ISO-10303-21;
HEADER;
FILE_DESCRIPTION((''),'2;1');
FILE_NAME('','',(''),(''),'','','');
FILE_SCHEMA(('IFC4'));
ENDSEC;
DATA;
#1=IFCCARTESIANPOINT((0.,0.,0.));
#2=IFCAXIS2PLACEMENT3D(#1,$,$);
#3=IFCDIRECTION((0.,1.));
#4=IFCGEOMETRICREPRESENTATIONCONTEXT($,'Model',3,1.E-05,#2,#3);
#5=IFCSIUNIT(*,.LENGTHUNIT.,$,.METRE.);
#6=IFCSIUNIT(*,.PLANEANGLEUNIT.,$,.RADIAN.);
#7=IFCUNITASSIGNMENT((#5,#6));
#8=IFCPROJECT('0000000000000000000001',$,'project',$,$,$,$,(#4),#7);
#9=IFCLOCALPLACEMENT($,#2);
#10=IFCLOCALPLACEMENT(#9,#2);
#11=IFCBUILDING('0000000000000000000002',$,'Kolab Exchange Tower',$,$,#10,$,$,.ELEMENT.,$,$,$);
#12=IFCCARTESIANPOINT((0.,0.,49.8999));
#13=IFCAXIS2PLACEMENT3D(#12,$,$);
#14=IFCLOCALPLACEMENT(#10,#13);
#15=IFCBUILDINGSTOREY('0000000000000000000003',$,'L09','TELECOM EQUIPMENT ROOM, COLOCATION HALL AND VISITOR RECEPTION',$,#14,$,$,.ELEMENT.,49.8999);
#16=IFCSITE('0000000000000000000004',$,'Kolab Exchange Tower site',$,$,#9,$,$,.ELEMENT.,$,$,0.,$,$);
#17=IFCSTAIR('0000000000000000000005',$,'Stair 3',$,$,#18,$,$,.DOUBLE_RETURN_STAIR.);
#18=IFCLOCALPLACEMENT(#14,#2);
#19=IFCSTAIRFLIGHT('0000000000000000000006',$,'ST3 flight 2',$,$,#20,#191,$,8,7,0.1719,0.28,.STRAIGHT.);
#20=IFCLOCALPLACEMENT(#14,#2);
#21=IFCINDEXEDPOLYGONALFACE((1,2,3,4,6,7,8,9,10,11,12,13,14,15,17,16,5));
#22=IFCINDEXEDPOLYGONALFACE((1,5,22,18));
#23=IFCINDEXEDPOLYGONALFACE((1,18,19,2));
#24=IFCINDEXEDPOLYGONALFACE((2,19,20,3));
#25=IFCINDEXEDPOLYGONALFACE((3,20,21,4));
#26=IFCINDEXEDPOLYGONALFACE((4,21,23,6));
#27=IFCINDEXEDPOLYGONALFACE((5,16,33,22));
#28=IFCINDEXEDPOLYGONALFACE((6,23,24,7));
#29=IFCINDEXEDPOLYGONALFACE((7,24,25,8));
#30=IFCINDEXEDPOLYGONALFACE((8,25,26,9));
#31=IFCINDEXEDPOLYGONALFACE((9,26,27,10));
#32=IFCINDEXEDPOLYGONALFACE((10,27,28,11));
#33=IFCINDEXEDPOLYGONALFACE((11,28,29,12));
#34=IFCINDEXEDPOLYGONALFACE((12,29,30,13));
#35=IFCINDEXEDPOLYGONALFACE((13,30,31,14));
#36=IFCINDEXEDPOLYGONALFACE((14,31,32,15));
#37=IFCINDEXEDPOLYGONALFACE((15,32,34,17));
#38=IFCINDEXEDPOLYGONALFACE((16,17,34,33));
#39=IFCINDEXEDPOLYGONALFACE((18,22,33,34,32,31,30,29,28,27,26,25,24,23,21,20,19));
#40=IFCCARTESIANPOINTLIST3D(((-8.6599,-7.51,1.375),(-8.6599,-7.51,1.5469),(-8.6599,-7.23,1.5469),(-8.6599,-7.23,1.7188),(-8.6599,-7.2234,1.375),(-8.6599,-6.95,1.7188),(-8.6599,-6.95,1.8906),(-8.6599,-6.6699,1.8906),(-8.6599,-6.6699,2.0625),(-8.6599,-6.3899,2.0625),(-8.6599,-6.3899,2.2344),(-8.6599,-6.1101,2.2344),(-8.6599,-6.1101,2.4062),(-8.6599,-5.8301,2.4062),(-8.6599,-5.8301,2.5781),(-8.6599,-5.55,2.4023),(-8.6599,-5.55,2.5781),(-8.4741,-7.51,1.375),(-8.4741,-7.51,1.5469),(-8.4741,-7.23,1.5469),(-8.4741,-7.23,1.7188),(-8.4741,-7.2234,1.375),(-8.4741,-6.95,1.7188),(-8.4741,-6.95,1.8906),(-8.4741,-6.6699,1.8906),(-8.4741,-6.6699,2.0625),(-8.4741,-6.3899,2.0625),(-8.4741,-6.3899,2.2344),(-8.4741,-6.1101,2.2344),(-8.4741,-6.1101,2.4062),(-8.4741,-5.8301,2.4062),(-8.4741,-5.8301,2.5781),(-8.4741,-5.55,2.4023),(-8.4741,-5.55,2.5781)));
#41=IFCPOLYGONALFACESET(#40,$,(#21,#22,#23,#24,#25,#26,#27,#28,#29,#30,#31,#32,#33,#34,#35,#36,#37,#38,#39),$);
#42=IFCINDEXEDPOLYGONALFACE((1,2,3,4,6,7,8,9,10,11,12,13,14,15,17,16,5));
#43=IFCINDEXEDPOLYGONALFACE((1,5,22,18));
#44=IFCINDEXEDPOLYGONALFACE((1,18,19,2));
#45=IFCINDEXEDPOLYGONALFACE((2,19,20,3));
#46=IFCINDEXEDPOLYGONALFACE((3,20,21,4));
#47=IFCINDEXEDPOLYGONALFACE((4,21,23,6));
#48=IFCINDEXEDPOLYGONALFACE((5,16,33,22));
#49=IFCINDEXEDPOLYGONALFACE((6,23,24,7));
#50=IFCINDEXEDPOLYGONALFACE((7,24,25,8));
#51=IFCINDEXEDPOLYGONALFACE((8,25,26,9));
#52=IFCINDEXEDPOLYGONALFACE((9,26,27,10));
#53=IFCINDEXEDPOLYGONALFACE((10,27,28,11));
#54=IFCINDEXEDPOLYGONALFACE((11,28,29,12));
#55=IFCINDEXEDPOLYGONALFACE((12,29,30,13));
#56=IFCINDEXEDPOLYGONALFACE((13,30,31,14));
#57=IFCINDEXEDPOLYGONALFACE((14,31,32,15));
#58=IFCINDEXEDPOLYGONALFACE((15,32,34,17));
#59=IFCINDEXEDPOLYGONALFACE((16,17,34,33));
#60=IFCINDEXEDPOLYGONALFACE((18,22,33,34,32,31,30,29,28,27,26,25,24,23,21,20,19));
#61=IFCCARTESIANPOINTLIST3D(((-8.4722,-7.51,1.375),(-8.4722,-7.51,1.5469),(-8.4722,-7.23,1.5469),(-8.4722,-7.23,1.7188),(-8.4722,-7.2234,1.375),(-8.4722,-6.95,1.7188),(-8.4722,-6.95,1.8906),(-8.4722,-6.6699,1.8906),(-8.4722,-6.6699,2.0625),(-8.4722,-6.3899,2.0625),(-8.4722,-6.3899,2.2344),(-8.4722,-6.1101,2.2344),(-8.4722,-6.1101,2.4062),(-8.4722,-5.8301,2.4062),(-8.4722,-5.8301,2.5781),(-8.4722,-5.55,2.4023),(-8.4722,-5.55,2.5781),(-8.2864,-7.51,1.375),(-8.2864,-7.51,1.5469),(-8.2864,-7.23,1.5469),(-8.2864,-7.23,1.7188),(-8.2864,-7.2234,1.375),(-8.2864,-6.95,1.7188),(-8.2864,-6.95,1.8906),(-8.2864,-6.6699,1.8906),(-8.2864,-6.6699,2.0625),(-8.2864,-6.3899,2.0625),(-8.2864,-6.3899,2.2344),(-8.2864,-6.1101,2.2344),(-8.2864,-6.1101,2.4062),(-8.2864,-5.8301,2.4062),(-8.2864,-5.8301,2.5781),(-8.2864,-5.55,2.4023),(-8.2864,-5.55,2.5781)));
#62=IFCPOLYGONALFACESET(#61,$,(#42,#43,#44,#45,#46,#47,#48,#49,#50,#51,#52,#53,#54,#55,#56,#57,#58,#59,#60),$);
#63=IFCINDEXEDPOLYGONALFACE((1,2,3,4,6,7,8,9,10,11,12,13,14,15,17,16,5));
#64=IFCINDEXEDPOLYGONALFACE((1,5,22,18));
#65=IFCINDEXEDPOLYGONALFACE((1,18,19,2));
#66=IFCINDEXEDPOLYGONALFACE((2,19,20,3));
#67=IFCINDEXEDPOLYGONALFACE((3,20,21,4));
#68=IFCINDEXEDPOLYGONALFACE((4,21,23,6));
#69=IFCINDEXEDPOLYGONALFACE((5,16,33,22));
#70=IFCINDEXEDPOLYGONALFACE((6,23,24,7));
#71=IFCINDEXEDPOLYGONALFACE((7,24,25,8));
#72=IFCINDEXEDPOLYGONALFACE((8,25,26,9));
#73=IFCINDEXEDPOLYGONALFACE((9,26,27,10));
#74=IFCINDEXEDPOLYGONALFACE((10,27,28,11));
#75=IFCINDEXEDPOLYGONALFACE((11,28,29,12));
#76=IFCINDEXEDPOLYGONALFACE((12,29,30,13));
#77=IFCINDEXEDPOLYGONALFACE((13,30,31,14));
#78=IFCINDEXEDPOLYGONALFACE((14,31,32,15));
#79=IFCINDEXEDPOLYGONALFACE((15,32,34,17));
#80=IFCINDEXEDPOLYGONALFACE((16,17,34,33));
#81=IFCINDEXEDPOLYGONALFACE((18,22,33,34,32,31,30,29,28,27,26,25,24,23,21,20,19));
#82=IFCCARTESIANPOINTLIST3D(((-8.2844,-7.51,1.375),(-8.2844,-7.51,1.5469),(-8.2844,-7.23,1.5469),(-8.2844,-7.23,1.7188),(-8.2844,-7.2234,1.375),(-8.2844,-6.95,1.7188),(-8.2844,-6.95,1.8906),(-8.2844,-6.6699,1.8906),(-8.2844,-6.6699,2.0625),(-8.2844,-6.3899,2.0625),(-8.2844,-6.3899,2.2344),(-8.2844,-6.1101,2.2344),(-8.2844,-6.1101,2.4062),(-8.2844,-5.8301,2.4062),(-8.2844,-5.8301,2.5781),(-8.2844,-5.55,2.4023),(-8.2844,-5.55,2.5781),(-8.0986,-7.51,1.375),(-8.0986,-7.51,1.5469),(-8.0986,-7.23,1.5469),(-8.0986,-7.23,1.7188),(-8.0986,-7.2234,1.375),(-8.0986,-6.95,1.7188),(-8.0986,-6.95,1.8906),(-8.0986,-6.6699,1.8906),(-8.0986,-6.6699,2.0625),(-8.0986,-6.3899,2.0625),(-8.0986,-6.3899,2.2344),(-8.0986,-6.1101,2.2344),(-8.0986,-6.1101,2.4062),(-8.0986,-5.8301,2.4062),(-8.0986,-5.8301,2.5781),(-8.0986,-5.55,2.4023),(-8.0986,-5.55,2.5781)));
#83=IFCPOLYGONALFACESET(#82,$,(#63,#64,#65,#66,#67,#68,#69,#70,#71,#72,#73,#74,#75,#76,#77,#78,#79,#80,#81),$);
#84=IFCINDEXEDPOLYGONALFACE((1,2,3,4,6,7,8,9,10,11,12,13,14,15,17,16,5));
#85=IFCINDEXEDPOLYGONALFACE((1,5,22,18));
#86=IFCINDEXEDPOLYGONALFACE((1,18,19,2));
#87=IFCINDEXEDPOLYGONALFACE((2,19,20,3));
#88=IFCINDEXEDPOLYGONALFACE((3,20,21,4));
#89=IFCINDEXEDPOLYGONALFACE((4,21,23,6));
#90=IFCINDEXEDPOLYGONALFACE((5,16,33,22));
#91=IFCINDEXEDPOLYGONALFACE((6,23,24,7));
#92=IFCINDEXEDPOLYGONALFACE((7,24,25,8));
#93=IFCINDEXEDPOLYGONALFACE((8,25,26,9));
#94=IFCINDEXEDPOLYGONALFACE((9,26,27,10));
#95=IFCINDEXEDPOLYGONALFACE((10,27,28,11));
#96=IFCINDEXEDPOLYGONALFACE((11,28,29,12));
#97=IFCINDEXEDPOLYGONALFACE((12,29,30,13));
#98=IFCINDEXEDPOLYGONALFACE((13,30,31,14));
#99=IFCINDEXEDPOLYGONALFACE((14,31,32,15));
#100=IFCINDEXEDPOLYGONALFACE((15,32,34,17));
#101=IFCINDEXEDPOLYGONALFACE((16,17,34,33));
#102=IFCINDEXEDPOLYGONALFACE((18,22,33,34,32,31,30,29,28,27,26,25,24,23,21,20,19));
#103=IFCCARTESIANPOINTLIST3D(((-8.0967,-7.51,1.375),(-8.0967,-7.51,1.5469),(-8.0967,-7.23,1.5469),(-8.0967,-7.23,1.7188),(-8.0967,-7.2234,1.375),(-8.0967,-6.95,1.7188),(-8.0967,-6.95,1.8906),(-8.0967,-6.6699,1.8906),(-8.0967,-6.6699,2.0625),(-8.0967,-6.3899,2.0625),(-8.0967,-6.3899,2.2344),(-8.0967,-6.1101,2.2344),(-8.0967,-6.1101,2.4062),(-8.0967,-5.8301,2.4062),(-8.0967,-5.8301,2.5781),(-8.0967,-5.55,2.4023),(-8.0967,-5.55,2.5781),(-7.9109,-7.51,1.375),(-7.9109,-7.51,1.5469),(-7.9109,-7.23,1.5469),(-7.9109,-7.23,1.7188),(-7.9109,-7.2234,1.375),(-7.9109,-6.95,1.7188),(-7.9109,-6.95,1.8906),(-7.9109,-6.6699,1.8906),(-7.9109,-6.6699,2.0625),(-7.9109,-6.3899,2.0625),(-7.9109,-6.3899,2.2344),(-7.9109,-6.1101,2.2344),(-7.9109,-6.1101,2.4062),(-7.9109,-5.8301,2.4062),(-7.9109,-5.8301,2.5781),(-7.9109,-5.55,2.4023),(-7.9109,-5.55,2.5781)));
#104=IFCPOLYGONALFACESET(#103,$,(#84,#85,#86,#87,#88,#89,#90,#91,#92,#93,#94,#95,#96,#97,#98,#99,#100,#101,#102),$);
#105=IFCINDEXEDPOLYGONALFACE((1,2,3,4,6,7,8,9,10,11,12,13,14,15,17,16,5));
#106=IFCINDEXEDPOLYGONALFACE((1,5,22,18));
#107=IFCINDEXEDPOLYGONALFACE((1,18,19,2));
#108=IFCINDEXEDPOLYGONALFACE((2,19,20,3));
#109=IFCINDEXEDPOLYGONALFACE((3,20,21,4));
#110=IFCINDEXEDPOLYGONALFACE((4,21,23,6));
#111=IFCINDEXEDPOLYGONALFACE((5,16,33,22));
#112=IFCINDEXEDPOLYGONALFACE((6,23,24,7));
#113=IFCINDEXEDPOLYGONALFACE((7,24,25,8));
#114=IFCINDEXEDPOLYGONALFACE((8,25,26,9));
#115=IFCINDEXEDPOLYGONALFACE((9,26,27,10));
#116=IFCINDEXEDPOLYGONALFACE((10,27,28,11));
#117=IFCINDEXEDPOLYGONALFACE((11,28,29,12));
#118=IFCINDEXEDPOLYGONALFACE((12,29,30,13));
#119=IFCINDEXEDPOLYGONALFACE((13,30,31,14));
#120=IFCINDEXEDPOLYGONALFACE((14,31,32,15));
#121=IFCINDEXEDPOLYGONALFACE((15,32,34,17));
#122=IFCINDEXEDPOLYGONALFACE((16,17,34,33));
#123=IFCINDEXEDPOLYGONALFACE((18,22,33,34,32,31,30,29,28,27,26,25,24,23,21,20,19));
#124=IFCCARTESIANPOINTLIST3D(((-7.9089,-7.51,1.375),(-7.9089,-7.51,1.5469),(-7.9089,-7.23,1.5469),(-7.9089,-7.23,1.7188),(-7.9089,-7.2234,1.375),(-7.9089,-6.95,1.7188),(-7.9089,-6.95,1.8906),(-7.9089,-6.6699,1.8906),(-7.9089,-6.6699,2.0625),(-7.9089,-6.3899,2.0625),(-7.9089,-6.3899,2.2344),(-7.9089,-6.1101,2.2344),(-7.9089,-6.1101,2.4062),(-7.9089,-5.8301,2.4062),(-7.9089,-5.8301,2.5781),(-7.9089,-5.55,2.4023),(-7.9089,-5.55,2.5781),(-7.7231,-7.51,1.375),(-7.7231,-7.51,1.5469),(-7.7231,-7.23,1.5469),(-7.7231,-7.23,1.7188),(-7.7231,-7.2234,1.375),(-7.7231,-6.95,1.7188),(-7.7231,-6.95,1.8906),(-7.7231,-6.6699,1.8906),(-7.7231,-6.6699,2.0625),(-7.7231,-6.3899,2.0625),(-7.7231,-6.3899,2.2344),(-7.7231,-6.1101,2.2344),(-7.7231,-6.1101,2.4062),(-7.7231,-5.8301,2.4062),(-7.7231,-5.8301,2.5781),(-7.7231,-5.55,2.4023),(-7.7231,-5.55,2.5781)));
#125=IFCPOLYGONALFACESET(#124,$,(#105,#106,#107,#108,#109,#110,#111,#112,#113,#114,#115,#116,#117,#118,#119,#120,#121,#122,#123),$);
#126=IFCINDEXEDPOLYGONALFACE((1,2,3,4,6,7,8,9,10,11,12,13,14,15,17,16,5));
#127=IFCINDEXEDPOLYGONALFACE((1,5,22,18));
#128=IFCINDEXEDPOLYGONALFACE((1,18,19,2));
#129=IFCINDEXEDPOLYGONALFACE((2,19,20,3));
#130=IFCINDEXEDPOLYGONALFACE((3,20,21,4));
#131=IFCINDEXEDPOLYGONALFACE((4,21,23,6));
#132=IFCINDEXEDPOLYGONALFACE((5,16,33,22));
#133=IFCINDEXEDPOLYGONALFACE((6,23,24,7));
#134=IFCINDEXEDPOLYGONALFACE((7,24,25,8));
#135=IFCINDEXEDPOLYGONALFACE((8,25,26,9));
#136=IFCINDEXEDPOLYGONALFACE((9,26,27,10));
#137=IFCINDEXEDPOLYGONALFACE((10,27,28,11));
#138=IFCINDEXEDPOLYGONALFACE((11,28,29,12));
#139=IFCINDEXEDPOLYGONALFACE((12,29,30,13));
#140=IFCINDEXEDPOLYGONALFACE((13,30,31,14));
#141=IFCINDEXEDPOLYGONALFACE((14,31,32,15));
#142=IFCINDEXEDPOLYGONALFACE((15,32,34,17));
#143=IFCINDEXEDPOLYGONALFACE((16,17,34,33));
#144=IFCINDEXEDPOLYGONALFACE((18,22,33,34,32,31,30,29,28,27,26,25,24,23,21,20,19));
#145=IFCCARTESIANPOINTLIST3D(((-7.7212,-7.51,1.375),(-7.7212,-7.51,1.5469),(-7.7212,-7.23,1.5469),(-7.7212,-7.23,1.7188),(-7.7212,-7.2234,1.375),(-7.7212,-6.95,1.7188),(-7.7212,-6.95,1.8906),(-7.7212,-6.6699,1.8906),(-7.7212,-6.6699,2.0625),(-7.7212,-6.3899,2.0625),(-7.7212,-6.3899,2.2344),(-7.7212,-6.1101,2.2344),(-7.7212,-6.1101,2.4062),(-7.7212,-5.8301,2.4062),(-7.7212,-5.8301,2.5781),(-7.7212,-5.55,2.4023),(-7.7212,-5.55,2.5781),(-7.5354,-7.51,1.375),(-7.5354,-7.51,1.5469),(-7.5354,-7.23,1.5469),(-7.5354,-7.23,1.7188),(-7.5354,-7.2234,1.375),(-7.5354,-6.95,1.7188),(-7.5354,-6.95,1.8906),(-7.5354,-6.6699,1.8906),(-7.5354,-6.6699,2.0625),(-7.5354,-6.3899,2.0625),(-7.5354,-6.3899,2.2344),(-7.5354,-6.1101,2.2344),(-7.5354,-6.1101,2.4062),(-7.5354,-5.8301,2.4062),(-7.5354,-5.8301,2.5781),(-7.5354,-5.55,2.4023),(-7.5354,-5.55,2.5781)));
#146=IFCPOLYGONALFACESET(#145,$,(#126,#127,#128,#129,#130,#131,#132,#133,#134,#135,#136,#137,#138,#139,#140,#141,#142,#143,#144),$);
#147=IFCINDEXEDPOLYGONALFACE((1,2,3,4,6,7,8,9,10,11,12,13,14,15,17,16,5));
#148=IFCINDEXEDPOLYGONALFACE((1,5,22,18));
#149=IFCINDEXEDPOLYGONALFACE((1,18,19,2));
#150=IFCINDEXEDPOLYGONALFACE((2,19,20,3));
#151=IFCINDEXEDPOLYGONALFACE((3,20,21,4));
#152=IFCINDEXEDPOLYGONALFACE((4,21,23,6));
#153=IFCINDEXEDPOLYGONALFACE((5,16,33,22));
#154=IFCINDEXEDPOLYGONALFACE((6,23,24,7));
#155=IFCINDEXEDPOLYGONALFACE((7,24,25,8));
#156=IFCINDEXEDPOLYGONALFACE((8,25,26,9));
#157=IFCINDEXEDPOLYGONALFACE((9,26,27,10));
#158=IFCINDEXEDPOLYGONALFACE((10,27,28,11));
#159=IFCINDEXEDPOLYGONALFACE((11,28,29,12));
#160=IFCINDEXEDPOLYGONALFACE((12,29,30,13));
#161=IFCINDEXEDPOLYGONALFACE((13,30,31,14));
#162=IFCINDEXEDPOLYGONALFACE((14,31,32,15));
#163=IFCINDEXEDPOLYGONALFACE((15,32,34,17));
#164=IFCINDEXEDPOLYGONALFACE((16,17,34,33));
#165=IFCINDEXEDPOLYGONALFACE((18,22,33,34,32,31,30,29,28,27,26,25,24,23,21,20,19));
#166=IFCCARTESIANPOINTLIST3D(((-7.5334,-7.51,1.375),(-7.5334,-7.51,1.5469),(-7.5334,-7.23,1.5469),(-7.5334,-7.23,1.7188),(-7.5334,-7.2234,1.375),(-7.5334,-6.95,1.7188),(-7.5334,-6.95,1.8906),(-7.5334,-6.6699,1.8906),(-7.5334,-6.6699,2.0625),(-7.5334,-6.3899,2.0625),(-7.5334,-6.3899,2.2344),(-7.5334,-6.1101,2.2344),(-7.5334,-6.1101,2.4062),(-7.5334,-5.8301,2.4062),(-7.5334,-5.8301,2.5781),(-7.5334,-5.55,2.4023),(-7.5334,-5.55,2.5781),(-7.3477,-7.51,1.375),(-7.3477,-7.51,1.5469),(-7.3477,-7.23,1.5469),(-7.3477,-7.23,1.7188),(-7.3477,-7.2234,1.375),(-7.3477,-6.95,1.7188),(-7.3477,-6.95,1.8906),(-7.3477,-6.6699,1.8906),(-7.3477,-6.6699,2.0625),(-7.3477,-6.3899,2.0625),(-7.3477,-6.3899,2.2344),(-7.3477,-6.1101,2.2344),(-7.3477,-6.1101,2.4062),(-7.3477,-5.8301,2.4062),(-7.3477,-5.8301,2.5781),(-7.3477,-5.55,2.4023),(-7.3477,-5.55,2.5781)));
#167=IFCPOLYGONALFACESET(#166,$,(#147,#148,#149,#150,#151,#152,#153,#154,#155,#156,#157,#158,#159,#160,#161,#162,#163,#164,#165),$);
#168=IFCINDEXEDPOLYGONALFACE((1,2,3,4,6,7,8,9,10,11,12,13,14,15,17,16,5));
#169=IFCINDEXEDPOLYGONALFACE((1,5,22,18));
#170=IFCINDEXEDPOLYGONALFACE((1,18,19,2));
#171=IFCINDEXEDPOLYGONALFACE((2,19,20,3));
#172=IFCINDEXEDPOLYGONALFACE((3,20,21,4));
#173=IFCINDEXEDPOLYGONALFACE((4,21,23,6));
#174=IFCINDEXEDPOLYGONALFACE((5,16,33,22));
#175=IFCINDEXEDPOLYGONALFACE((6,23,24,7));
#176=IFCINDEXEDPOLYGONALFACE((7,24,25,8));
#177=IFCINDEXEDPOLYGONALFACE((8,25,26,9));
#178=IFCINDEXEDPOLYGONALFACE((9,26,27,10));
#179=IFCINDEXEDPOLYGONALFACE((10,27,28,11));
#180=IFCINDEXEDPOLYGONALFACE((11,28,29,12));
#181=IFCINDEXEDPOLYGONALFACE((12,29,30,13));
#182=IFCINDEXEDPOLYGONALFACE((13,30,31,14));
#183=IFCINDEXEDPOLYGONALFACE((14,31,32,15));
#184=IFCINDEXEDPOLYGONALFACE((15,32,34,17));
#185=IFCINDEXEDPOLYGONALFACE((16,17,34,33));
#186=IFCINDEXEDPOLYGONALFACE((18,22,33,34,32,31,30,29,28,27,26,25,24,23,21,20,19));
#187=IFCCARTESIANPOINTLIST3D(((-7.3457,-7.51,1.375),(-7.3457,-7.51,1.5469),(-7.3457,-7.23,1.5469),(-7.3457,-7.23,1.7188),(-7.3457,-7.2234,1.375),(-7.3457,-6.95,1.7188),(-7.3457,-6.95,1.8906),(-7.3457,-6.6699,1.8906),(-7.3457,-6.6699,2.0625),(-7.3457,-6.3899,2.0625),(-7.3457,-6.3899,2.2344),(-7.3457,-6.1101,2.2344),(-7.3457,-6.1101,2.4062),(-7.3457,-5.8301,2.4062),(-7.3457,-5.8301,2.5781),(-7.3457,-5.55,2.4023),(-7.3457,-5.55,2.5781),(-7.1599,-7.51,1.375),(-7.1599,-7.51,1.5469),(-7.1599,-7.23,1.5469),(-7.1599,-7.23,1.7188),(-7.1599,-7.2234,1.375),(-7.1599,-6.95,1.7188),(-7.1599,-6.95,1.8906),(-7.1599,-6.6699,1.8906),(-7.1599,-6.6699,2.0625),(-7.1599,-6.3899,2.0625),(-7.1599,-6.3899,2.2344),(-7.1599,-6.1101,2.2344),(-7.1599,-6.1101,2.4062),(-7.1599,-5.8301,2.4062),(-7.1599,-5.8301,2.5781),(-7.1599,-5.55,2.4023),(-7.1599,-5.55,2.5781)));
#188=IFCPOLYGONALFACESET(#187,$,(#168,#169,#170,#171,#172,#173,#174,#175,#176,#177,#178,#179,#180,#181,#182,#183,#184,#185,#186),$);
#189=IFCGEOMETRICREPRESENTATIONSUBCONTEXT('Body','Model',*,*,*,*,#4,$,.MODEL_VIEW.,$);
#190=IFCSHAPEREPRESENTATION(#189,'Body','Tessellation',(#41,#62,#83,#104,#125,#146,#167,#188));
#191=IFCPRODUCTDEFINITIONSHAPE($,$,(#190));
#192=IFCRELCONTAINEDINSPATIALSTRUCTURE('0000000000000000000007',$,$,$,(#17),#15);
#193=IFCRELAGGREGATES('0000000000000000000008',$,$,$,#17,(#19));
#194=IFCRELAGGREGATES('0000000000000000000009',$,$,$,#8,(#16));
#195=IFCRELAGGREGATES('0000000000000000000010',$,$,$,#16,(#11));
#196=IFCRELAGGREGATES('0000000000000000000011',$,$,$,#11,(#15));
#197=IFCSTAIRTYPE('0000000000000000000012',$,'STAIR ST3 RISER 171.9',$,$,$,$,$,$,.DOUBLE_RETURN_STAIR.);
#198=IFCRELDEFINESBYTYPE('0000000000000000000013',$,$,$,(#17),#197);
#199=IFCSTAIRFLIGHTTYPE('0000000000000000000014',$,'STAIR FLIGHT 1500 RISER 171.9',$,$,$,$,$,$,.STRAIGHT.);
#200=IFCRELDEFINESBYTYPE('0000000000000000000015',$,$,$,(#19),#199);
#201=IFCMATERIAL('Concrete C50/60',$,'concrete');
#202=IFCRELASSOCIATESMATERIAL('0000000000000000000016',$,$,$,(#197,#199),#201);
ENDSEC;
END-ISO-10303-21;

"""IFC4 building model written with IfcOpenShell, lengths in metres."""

from ifc_helpers import new_model, si_unit, direction, frame, origin, place, context, subcontext, project, spatial, polyline, outline, extrude, material, type_object, element, aggregate, save


model = new_model("IFC4")

# Units and contexts
model_context = context("Model", 3, precision=1e-05, world=origin(), true_north=direction((0.0, 1.0)))
body_context = subcontext(model_context, "Body", "Model", "MODEL_VIEW")
ifc_project = project(units=[si_unit("LENGTHUNIT", "METRE"), si_unit("PLANEANGLEUNIT", "RADIAN")], contexts=[model_context])

# Site, building, storey
site_placement = place(None, origin())
site = spatial("IfcSite", under=ifc_project, at=site_placement, Name="Kolab Exchange Tower site", CompositionType="ELEMENT", RefElevation=0.0)
building_placement = place(site_placement, origin())
building = spatial("IfcBuilding", under=site, at=building_placement, Name="Kolab Exchange Tower", CompositionType="ELEMENT")
storey_placement = place(building_placement, frame((0.0, 0.0, 49.8999)))
storey = spatial("IfcBuildingStorey", under=building, at=storey_placement, Name="L09", Description="TELECOM EQUIPMENT ROOM, COLOCATION HALL AND VISITOR RECEPTION", CompositionType="ELEMENT", Elevation=49.8999)

# Shared definitions
ifc_material_1 = material(Name="Concrete C50/60", Category="concrete")

# Stair, stair flight
stair_type = type_object("IfcStairType", Name="STAIR ST3 RISER 171.9", PredefinedType="DOUBLE_RETURN_STAIR", material=ifc_material_1)
stair_placement = place(storey_placement, origin())
stair = element("IfcStair", 1, at=stair_placement, inside=storey, type_object=stair_type, Name="Stair 3", PredefinedType="DOUBLE_RETURN_STAIR")
stair_flight_type = type_object("IfcStairFlightType", Name="STAIR FLIGHT 1500 RISER 171.9", PredefinedType="STRAIGHT", material=ifc_material_1)
stair_flight_1_placement = place(storey_placement, frame((-7.9099, -7.51, 1.375), z_axis=(0.0, 0.0, 1.0), x_axis=(0.0, 1.0, 0.0)))
stair_flight_1 = element("IfcStairFlight", 2, at=stair_flight_1_placement, type_object=stair_flight_type, Name="ST3 flight 2", NumberOfRisers=8, NumberOfTreads=7, PredefinedType="STRAIGHT", RiserHeight=0.1719, TreadLength=0.28, context=body_context, shape_type="SweptSolid", body=[
    extrude(outline(polyline([(0.0, 0.0), (0.0, 0.1719), (0.28, 0.1719), (0.28, 0.3438), (0.5601, 0.3438), (0.5601, 0.5156), (0.8401, 0.5156), (0.8401, 0.6875), (1.1201, 0.6875), (1.1201, 0.8594), (1.3999, 0.8594), (1.3999, 1.0312), (1.6799, 1.0312), (1.6799, 1.2031), (1.96, 1.2031), (1.96, 1.375), (1.96, 1.0273), (0.2866, 0.0), (0.0, 0.0)])), frame((0.0, 0.75, 0.0), z_axis=(0.0, -1.0, 0.0), x_axis=(1.0, 0.0, 0.0)), (0.0, 0.0, 1.0), 0.1858),
    extrude(outline(polyline([(0.0, 0.0), (0.0, 0.1719), (0.28, 0.1719), (0.28, 0.3438), (0.5601, 0.3438), (0.5601, 0.5156), (0.8401, 0.5156), (0.8401, 0.6875), (1.1201, 0.6875), (1.1201, 0.8594), (1.3999, 0.8594), (1.3999, 1.0312), (1.6799, 1.0312), (1.6799, 1.2031), (1.96, 1.2031), (1.96, 1.375), (1.96, 1.0273), (0.2866, 0.0), (0.0, 0.0)])), frame((0.0, 0.5623, 0.0), z_axis=(0.0, -1.0, 0.0), x_axis=(1.0, 0.0, 0.0)), (0.0, 0.0, 1.0), 0.1858),
    extrude(outline(polyline([(0.0, 0.0), (0.0, 0.1719), (0.28, 0.1719), (0.28, 0.3438), (0.5601, 0.3438), (0.5601, 0.5156), (0.8401, 0.5156), (0.8401, 0.6875), (1.1201, 0.6875), (1.1201, 0.8594), (1.3999, 0.8594), (1.3999, 1.0312), (1.6799, 1.0312), (1.6799, 1.2031), (1.96, 1.2031), (1.96, 1.375), (1.96, 1.0273), (0.2866, 0.0), (0.0, 0.0)])), frame((0.0, 0.3745, 0.0), z_axis=(0.0, -1.0, 0.0), x_axis=(1.0, 0.0, 0.0)), (0.0, 0.0, 1.0), 0.1858),
    extrude(outline(polyline([(0.0, 0.0), (0.0, 0.1719), (0.28, 0.1719), (0.28, 0.3438), (0.5601, 0.3438), (0.5601, 0.5156), (0.8401, 0.5156), (0.8401, 0.6875), (1.1201, 0.6875), (1.1201, 0.8594), (1.3999, 0.8594), (1.3999, 1.0312), (1.6799, 1.0312), (1.6799, 1.2031), (1.96, 1.2031), (1.96, 1.375), (1.96, 1.0273), (0.2866, 0.0), (0.0, 0.0)])), frame((0.0, 0.1868, 0.0), z_axis=(0.0, -1.0, 0.0), x_axis=(1.0, 0.0, 0.0)), (0.0, 0.0, 1.0), 0.1858),
    extrude(outline(polyline([(0.0, 0.0), (0.0, 0.1719), (0.28, 0.1719), (0.28, 0.3438), (0.5601, 0.3438), (0.5601, 0.5156), (0.8401, 0.5156), (0.8401, 0.6875), (1.1201, 0.6875), (1.1201, 0.8594), (1.3999, 0.8594), (1.3999, 1.0312), (1.6799, 1.0312), (1.6799, 1.2031), (1.96, 1.2031), (1.96, 1.375), (1.96, 1.0273), (0.2866, 0.0), (0.0, 0.0)])), frame((0.0, -0.001, 0.0), z_axis=(0.0, -1.0, 0.0), x_axis=(1.0, 0.0, 0.0)), (0.0, 0.0, 1.0), 0.1858),
    extrude(outline(polyline([(0.0, 0.0), (0.0, 0.1719), (0.28, 0.1719), (0.28, 0.3438), (0.5601, 0.3438), (0.5601, 0.5156), (0.8401, 0.5156), (0.8401, 0.6875), (1.1201, 0.6875), (1.1201, 0.8594), (1.3999, 0.8594), (1.3999, 1.0312), (1.6799, 1.0312), (1.6799, 1.2031), (1.96, 1.2031), (1.96, 1.375), (1.96, 1.0273), (0.2866, 0.0), (0.0, 0.0)])), frame((0.0, -0.1887, 0.0), z_axis=(0.0, -1.0, 0.0), x_axis=(1.0, 0.0, 0.0)), (0.0, 0.0, 1.0), 0.1858),
    extrude(outline(polyline([(0.0, 0.0), (0.0, 0.1719), (0.28, 0.1719), (0.28, 0.3438), (0.5601, 0.3438), (0.5601, 0.5156), (0.8401, 0.5156), (0.8401, 0.6875), (1.1201, 0.6875), (1.1201, 0.8594), (1.3999, 0.8594), (1.3999, 1.0312), (1.6799, 1.0312), (1.6799, 1.2031), (1.96, 1.2031), (1.96, 1.375), (1.96, 1.0273), (0.2866, 0.0), (0.0, 0.0)])), frame((0.0, -0.3765, 0.0), z_axis=(0.0, -1.0, 0.0), x_axis=(1.0, 0.0, 0.0)), (0.0, 0.0, 1.0), 0.1858),
    extrude(outline(polyline([(0.0, 0.0), (0.0, 0.1719), (0.28, 0.1719), (0.28, 0.3438), (0.5601, 0.3438), (0.5601, 0.5156), (0.8401, 0.5156), (0.8401, 0.6875), (1.1201, 0.6875), (1.1201, 0.8594), (1.3999, 0.8594), (1.3999, 1.0312), (1.6799, 1.0312), (1.6799, 1.2031), (1.96, 1.2031), (1.96, 1.375), (1.96, 1.0273), (0.2866, 0.0), (0.0, 0.0)])), frame((0.0, -0.5642, 0.0), z_axis=(0.0, -1.0, 0.0), x_axis=(1.0, 0.0, 0.0)), (0.0, 0.0, 1.0), 0.1858),
])
aggregate(stair, [stair_flight_1])

save(model, "model.ifc")
